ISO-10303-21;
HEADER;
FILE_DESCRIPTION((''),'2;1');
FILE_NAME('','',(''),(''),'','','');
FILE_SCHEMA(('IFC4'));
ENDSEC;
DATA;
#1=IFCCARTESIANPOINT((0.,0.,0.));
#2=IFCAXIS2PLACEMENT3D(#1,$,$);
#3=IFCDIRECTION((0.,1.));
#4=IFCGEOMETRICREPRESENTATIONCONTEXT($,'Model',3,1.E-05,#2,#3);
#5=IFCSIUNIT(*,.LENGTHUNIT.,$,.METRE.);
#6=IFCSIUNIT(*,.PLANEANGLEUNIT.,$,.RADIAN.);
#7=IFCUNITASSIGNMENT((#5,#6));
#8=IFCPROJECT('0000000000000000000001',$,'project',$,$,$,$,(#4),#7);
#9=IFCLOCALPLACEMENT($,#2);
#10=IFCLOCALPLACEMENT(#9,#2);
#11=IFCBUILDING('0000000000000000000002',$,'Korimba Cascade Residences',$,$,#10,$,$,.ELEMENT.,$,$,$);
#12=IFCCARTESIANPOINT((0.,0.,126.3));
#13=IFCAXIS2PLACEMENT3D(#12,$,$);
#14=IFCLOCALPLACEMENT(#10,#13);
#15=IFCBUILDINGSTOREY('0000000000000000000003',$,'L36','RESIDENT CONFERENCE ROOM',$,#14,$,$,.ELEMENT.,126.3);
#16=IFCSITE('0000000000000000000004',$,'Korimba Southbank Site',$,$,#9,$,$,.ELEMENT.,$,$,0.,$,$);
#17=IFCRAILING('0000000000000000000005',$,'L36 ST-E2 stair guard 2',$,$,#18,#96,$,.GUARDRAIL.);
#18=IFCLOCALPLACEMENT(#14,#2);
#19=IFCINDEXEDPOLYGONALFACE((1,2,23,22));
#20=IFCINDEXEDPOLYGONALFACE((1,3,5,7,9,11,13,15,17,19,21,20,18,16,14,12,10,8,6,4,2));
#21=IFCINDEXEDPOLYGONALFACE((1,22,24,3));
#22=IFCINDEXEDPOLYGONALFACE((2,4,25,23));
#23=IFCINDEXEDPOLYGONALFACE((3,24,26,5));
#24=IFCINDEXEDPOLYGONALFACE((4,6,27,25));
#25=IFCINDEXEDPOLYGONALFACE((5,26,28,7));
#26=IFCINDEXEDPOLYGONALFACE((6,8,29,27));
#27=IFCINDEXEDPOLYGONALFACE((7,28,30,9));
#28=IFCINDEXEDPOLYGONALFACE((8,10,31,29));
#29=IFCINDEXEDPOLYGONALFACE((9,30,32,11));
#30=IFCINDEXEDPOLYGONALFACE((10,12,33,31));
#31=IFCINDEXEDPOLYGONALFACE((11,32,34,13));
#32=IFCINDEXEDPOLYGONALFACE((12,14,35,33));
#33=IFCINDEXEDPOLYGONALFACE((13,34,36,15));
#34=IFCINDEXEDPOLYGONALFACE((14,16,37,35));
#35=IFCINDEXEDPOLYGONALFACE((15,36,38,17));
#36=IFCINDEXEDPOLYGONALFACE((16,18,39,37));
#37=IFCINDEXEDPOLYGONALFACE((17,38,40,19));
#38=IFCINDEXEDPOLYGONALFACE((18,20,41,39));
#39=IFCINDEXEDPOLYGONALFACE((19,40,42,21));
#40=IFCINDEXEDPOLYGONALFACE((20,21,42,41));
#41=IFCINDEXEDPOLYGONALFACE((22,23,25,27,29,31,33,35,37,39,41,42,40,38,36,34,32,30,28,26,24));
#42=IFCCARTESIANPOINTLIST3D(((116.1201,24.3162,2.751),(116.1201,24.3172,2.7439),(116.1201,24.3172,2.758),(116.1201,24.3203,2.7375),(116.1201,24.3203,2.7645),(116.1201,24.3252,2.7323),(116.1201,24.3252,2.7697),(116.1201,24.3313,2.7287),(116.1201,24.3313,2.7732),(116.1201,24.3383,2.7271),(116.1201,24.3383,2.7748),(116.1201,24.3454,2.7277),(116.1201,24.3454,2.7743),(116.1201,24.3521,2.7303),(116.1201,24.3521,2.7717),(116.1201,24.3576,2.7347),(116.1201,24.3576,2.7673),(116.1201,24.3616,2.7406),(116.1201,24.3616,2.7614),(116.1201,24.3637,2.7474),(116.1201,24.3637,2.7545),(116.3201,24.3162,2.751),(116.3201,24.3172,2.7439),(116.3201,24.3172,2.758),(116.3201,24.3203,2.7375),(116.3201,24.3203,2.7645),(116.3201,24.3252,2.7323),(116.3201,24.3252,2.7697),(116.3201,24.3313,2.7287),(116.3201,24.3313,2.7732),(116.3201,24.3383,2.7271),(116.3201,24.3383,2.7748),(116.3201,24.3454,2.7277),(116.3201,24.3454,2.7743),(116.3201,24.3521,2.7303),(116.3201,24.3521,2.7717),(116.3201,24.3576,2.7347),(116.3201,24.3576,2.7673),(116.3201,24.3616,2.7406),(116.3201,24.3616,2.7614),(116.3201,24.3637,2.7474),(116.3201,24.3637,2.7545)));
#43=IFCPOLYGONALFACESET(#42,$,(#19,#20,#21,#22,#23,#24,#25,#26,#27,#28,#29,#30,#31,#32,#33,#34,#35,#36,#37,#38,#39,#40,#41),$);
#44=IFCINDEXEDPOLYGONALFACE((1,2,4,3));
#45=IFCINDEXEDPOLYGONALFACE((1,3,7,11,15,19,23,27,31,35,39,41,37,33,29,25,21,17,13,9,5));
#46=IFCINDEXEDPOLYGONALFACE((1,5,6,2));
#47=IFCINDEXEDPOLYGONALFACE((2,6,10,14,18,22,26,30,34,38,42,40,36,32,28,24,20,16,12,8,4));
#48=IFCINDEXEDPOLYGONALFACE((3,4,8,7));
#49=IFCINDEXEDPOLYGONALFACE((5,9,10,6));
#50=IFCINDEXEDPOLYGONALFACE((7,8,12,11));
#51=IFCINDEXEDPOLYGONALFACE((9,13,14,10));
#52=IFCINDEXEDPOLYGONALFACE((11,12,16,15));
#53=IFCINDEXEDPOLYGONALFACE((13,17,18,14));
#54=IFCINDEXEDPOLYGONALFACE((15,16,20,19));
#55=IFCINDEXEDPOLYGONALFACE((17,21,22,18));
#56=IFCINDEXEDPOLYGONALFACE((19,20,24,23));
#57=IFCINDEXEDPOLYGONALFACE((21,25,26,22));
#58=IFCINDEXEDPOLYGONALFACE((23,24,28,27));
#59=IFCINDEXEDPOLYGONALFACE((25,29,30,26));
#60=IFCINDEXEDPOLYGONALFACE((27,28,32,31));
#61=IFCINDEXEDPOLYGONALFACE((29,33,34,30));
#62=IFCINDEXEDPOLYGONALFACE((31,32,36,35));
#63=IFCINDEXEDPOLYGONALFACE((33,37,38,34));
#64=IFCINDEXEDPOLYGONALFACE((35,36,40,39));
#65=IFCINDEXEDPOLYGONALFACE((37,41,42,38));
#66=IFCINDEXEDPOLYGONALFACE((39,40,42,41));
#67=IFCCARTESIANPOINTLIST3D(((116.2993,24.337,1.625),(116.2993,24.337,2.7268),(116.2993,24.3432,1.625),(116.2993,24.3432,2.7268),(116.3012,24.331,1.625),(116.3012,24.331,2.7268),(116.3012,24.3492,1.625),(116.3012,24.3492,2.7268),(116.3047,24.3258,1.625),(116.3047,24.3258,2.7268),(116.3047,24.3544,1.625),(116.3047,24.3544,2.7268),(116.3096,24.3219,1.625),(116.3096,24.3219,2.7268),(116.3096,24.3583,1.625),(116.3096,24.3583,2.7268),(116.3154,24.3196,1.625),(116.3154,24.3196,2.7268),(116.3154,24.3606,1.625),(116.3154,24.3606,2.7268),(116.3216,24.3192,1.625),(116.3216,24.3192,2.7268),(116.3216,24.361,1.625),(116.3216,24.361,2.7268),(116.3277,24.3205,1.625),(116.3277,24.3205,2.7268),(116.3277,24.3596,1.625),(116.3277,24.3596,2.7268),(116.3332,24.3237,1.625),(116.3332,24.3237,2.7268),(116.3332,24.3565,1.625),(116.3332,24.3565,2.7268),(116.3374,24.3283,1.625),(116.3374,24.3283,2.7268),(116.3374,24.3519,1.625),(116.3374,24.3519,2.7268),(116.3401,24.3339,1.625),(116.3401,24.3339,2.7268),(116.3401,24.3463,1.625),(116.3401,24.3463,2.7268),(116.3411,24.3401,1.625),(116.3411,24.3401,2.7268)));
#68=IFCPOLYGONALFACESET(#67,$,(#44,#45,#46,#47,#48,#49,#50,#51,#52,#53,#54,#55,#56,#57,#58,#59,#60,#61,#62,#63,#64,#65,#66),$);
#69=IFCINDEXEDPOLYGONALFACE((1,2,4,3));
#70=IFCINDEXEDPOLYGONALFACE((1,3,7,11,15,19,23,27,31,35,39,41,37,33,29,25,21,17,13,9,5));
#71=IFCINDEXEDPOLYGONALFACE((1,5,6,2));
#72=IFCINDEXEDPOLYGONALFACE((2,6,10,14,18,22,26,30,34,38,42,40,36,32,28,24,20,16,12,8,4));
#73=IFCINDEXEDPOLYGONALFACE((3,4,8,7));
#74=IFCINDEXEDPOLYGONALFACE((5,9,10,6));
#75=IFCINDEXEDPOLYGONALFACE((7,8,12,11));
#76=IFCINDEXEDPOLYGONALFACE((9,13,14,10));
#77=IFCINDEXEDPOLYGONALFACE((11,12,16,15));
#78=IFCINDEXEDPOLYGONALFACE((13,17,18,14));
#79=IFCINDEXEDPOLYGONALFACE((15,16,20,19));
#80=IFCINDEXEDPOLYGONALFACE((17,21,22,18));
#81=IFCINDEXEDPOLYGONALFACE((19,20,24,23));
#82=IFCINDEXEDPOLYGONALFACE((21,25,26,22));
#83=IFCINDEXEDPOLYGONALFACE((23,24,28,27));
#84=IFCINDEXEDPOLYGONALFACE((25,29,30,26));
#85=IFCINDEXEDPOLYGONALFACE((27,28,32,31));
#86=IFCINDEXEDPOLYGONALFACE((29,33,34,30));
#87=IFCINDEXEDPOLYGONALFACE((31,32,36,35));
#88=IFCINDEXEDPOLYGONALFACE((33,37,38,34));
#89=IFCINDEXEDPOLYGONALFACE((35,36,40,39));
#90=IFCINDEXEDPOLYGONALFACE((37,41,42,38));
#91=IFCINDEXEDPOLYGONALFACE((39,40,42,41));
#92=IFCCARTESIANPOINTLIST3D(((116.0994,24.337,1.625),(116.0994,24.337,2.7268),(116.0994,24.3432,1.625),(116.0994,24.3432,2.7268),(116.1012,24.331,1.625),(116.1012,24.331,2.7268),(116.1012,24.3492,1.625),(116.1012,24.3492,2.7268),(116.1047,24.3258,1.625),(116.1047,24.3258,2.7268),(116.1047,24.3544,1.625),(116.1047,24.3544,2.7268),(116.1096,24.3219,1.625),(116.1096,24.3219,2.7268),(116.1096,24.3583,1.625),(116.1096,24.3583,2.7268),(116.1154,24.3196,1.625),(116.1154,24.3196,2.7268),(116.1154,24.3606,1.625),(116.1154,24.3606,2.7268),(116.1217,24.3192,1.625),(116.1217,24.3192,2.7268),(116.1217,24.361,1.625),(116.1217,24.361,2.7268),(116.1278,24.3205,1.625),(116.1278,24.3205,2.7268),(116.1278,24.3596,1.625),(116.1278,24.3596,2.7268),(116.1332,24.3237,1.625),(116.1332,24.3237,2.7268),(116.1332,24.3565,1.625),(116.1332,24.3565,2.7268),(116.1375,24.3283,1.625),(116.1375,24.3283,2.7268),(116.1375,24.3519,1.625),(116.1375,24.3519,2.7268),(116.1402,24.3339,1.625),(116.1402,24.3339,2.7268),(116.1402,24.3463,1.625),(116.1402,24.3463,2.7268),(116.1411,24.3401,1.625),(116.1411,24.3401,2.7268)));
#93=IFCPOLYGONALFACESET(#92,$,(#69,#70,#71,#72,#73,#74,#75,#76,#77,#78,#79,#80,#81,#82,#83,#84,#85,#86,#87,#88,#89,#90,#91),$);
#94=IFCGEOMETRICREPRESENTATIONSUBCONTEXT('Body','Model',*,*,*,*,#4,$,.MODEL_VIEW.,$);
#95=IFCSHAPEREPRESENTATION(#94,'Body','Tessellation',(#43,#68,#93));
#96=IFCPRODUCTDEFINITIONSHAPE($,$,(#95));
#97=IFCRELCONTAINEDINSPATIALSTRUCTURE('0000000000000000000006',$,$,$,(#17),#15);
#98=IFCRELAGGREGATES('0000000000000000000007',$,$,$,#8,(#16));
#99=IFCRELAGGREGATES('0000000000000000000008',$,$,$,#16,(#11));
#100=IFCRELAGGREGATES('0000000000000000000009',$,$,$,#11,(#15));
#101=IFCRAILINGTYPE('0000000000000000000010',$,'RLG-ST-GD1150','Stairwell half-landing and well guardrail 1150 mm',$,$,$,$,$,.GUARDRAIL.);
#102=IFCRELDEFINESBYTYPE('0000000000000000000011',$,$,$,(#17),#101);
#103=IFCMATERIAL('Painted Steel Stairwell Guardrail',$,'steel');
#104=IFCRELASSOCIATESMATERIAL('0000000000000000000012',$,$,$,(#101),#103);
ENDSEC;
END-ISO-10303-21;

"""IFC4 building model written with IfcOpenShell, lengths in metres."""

from ifc_helpers import new_model, si_unit, direction, frame, origin, origin_2d, place, context, subcontext, project, spatial, circle, extrude, material, type_object, element, save


model = new_model("IFC4")

# Units and contexts
model_context = context("Model", 3, precision=1e-05, world=origin(), true_north=direction((0.0, 1.0)))
body_context = subcontext(model_context, "Body", "Model", "MODEL_VIEW")
ifc_project = project(units=[si_unit("LENGTHUNIT", "METRE"), si_unit("PLANEANGLEUNIT", "RADIAN")], contexts=[model_context])

# Site, building, storey
site_placement = place(None, origin())
site = spatial("IfcSite", under=ifc_project, at=site_placement, Name="Korimba Southbank Site", CompositionType="ELEMENT", RefElevation=0.0)
building_placement = place(site_placement, origin())
building = spatial("IfcBuilding", under=site, at=building_placement, Name="Korimba Cascade Residences", CompositionType="ELEMENT")
storey_placement = place(building_placement, frame((0.0, 0.0, 126.3)))
storey = spatial("IfcBuildingStorey", under=building, at=storey_placement, Name="L36", Description="RESIDENT CONFERENCE ROOM", CompositionType="ELEMENT", Elevation=126.3)

# Railing
ifc_material_1 = material(Name="Painted Steel Stairwell Guardrail", Category="steel")
railing_type_1 = type_object("IfcRailingType", Name="RLG-ST-GD1150", Description="Stairwell half-landing and well guardrail 1150 mm", PredefinedType="GUARDRAIL", material=ifc_material_1)
railing_1_placement = place(storey_placement, frame((116.3201, 24.3401, 1.625)))
element("IfcRailing", 1, at=railing_1_placement, inside=storey, type_object=railing_type_1, Name="L36 ST-E2 stair guard 2", PredefinedType="GUARDRAIL", context=body_context, shape_type="SweptSolid", body=[
    extrude(circle(Radius=0.0239, at=origin_2d()), frame((0.0, 0.0, 1.126), z_axis=(-1.0, 0.0, 0.0), x_axis=(0.0, -1.0, 0.0)), (0.0, 0.0, 1.0), 0.2),
    extrude(circle(Radius=0.021, at=origin_2d()), origin(), (0.0, 0.0, 1.0), 1.1018),
    extrude(circle(Radius=0.021, at=origin_2d()), frame((-0.2, 0.0, 0.0)), (0.0, 0.0, 1.0), 1.1018),
])

save(model, "model.ifc")
